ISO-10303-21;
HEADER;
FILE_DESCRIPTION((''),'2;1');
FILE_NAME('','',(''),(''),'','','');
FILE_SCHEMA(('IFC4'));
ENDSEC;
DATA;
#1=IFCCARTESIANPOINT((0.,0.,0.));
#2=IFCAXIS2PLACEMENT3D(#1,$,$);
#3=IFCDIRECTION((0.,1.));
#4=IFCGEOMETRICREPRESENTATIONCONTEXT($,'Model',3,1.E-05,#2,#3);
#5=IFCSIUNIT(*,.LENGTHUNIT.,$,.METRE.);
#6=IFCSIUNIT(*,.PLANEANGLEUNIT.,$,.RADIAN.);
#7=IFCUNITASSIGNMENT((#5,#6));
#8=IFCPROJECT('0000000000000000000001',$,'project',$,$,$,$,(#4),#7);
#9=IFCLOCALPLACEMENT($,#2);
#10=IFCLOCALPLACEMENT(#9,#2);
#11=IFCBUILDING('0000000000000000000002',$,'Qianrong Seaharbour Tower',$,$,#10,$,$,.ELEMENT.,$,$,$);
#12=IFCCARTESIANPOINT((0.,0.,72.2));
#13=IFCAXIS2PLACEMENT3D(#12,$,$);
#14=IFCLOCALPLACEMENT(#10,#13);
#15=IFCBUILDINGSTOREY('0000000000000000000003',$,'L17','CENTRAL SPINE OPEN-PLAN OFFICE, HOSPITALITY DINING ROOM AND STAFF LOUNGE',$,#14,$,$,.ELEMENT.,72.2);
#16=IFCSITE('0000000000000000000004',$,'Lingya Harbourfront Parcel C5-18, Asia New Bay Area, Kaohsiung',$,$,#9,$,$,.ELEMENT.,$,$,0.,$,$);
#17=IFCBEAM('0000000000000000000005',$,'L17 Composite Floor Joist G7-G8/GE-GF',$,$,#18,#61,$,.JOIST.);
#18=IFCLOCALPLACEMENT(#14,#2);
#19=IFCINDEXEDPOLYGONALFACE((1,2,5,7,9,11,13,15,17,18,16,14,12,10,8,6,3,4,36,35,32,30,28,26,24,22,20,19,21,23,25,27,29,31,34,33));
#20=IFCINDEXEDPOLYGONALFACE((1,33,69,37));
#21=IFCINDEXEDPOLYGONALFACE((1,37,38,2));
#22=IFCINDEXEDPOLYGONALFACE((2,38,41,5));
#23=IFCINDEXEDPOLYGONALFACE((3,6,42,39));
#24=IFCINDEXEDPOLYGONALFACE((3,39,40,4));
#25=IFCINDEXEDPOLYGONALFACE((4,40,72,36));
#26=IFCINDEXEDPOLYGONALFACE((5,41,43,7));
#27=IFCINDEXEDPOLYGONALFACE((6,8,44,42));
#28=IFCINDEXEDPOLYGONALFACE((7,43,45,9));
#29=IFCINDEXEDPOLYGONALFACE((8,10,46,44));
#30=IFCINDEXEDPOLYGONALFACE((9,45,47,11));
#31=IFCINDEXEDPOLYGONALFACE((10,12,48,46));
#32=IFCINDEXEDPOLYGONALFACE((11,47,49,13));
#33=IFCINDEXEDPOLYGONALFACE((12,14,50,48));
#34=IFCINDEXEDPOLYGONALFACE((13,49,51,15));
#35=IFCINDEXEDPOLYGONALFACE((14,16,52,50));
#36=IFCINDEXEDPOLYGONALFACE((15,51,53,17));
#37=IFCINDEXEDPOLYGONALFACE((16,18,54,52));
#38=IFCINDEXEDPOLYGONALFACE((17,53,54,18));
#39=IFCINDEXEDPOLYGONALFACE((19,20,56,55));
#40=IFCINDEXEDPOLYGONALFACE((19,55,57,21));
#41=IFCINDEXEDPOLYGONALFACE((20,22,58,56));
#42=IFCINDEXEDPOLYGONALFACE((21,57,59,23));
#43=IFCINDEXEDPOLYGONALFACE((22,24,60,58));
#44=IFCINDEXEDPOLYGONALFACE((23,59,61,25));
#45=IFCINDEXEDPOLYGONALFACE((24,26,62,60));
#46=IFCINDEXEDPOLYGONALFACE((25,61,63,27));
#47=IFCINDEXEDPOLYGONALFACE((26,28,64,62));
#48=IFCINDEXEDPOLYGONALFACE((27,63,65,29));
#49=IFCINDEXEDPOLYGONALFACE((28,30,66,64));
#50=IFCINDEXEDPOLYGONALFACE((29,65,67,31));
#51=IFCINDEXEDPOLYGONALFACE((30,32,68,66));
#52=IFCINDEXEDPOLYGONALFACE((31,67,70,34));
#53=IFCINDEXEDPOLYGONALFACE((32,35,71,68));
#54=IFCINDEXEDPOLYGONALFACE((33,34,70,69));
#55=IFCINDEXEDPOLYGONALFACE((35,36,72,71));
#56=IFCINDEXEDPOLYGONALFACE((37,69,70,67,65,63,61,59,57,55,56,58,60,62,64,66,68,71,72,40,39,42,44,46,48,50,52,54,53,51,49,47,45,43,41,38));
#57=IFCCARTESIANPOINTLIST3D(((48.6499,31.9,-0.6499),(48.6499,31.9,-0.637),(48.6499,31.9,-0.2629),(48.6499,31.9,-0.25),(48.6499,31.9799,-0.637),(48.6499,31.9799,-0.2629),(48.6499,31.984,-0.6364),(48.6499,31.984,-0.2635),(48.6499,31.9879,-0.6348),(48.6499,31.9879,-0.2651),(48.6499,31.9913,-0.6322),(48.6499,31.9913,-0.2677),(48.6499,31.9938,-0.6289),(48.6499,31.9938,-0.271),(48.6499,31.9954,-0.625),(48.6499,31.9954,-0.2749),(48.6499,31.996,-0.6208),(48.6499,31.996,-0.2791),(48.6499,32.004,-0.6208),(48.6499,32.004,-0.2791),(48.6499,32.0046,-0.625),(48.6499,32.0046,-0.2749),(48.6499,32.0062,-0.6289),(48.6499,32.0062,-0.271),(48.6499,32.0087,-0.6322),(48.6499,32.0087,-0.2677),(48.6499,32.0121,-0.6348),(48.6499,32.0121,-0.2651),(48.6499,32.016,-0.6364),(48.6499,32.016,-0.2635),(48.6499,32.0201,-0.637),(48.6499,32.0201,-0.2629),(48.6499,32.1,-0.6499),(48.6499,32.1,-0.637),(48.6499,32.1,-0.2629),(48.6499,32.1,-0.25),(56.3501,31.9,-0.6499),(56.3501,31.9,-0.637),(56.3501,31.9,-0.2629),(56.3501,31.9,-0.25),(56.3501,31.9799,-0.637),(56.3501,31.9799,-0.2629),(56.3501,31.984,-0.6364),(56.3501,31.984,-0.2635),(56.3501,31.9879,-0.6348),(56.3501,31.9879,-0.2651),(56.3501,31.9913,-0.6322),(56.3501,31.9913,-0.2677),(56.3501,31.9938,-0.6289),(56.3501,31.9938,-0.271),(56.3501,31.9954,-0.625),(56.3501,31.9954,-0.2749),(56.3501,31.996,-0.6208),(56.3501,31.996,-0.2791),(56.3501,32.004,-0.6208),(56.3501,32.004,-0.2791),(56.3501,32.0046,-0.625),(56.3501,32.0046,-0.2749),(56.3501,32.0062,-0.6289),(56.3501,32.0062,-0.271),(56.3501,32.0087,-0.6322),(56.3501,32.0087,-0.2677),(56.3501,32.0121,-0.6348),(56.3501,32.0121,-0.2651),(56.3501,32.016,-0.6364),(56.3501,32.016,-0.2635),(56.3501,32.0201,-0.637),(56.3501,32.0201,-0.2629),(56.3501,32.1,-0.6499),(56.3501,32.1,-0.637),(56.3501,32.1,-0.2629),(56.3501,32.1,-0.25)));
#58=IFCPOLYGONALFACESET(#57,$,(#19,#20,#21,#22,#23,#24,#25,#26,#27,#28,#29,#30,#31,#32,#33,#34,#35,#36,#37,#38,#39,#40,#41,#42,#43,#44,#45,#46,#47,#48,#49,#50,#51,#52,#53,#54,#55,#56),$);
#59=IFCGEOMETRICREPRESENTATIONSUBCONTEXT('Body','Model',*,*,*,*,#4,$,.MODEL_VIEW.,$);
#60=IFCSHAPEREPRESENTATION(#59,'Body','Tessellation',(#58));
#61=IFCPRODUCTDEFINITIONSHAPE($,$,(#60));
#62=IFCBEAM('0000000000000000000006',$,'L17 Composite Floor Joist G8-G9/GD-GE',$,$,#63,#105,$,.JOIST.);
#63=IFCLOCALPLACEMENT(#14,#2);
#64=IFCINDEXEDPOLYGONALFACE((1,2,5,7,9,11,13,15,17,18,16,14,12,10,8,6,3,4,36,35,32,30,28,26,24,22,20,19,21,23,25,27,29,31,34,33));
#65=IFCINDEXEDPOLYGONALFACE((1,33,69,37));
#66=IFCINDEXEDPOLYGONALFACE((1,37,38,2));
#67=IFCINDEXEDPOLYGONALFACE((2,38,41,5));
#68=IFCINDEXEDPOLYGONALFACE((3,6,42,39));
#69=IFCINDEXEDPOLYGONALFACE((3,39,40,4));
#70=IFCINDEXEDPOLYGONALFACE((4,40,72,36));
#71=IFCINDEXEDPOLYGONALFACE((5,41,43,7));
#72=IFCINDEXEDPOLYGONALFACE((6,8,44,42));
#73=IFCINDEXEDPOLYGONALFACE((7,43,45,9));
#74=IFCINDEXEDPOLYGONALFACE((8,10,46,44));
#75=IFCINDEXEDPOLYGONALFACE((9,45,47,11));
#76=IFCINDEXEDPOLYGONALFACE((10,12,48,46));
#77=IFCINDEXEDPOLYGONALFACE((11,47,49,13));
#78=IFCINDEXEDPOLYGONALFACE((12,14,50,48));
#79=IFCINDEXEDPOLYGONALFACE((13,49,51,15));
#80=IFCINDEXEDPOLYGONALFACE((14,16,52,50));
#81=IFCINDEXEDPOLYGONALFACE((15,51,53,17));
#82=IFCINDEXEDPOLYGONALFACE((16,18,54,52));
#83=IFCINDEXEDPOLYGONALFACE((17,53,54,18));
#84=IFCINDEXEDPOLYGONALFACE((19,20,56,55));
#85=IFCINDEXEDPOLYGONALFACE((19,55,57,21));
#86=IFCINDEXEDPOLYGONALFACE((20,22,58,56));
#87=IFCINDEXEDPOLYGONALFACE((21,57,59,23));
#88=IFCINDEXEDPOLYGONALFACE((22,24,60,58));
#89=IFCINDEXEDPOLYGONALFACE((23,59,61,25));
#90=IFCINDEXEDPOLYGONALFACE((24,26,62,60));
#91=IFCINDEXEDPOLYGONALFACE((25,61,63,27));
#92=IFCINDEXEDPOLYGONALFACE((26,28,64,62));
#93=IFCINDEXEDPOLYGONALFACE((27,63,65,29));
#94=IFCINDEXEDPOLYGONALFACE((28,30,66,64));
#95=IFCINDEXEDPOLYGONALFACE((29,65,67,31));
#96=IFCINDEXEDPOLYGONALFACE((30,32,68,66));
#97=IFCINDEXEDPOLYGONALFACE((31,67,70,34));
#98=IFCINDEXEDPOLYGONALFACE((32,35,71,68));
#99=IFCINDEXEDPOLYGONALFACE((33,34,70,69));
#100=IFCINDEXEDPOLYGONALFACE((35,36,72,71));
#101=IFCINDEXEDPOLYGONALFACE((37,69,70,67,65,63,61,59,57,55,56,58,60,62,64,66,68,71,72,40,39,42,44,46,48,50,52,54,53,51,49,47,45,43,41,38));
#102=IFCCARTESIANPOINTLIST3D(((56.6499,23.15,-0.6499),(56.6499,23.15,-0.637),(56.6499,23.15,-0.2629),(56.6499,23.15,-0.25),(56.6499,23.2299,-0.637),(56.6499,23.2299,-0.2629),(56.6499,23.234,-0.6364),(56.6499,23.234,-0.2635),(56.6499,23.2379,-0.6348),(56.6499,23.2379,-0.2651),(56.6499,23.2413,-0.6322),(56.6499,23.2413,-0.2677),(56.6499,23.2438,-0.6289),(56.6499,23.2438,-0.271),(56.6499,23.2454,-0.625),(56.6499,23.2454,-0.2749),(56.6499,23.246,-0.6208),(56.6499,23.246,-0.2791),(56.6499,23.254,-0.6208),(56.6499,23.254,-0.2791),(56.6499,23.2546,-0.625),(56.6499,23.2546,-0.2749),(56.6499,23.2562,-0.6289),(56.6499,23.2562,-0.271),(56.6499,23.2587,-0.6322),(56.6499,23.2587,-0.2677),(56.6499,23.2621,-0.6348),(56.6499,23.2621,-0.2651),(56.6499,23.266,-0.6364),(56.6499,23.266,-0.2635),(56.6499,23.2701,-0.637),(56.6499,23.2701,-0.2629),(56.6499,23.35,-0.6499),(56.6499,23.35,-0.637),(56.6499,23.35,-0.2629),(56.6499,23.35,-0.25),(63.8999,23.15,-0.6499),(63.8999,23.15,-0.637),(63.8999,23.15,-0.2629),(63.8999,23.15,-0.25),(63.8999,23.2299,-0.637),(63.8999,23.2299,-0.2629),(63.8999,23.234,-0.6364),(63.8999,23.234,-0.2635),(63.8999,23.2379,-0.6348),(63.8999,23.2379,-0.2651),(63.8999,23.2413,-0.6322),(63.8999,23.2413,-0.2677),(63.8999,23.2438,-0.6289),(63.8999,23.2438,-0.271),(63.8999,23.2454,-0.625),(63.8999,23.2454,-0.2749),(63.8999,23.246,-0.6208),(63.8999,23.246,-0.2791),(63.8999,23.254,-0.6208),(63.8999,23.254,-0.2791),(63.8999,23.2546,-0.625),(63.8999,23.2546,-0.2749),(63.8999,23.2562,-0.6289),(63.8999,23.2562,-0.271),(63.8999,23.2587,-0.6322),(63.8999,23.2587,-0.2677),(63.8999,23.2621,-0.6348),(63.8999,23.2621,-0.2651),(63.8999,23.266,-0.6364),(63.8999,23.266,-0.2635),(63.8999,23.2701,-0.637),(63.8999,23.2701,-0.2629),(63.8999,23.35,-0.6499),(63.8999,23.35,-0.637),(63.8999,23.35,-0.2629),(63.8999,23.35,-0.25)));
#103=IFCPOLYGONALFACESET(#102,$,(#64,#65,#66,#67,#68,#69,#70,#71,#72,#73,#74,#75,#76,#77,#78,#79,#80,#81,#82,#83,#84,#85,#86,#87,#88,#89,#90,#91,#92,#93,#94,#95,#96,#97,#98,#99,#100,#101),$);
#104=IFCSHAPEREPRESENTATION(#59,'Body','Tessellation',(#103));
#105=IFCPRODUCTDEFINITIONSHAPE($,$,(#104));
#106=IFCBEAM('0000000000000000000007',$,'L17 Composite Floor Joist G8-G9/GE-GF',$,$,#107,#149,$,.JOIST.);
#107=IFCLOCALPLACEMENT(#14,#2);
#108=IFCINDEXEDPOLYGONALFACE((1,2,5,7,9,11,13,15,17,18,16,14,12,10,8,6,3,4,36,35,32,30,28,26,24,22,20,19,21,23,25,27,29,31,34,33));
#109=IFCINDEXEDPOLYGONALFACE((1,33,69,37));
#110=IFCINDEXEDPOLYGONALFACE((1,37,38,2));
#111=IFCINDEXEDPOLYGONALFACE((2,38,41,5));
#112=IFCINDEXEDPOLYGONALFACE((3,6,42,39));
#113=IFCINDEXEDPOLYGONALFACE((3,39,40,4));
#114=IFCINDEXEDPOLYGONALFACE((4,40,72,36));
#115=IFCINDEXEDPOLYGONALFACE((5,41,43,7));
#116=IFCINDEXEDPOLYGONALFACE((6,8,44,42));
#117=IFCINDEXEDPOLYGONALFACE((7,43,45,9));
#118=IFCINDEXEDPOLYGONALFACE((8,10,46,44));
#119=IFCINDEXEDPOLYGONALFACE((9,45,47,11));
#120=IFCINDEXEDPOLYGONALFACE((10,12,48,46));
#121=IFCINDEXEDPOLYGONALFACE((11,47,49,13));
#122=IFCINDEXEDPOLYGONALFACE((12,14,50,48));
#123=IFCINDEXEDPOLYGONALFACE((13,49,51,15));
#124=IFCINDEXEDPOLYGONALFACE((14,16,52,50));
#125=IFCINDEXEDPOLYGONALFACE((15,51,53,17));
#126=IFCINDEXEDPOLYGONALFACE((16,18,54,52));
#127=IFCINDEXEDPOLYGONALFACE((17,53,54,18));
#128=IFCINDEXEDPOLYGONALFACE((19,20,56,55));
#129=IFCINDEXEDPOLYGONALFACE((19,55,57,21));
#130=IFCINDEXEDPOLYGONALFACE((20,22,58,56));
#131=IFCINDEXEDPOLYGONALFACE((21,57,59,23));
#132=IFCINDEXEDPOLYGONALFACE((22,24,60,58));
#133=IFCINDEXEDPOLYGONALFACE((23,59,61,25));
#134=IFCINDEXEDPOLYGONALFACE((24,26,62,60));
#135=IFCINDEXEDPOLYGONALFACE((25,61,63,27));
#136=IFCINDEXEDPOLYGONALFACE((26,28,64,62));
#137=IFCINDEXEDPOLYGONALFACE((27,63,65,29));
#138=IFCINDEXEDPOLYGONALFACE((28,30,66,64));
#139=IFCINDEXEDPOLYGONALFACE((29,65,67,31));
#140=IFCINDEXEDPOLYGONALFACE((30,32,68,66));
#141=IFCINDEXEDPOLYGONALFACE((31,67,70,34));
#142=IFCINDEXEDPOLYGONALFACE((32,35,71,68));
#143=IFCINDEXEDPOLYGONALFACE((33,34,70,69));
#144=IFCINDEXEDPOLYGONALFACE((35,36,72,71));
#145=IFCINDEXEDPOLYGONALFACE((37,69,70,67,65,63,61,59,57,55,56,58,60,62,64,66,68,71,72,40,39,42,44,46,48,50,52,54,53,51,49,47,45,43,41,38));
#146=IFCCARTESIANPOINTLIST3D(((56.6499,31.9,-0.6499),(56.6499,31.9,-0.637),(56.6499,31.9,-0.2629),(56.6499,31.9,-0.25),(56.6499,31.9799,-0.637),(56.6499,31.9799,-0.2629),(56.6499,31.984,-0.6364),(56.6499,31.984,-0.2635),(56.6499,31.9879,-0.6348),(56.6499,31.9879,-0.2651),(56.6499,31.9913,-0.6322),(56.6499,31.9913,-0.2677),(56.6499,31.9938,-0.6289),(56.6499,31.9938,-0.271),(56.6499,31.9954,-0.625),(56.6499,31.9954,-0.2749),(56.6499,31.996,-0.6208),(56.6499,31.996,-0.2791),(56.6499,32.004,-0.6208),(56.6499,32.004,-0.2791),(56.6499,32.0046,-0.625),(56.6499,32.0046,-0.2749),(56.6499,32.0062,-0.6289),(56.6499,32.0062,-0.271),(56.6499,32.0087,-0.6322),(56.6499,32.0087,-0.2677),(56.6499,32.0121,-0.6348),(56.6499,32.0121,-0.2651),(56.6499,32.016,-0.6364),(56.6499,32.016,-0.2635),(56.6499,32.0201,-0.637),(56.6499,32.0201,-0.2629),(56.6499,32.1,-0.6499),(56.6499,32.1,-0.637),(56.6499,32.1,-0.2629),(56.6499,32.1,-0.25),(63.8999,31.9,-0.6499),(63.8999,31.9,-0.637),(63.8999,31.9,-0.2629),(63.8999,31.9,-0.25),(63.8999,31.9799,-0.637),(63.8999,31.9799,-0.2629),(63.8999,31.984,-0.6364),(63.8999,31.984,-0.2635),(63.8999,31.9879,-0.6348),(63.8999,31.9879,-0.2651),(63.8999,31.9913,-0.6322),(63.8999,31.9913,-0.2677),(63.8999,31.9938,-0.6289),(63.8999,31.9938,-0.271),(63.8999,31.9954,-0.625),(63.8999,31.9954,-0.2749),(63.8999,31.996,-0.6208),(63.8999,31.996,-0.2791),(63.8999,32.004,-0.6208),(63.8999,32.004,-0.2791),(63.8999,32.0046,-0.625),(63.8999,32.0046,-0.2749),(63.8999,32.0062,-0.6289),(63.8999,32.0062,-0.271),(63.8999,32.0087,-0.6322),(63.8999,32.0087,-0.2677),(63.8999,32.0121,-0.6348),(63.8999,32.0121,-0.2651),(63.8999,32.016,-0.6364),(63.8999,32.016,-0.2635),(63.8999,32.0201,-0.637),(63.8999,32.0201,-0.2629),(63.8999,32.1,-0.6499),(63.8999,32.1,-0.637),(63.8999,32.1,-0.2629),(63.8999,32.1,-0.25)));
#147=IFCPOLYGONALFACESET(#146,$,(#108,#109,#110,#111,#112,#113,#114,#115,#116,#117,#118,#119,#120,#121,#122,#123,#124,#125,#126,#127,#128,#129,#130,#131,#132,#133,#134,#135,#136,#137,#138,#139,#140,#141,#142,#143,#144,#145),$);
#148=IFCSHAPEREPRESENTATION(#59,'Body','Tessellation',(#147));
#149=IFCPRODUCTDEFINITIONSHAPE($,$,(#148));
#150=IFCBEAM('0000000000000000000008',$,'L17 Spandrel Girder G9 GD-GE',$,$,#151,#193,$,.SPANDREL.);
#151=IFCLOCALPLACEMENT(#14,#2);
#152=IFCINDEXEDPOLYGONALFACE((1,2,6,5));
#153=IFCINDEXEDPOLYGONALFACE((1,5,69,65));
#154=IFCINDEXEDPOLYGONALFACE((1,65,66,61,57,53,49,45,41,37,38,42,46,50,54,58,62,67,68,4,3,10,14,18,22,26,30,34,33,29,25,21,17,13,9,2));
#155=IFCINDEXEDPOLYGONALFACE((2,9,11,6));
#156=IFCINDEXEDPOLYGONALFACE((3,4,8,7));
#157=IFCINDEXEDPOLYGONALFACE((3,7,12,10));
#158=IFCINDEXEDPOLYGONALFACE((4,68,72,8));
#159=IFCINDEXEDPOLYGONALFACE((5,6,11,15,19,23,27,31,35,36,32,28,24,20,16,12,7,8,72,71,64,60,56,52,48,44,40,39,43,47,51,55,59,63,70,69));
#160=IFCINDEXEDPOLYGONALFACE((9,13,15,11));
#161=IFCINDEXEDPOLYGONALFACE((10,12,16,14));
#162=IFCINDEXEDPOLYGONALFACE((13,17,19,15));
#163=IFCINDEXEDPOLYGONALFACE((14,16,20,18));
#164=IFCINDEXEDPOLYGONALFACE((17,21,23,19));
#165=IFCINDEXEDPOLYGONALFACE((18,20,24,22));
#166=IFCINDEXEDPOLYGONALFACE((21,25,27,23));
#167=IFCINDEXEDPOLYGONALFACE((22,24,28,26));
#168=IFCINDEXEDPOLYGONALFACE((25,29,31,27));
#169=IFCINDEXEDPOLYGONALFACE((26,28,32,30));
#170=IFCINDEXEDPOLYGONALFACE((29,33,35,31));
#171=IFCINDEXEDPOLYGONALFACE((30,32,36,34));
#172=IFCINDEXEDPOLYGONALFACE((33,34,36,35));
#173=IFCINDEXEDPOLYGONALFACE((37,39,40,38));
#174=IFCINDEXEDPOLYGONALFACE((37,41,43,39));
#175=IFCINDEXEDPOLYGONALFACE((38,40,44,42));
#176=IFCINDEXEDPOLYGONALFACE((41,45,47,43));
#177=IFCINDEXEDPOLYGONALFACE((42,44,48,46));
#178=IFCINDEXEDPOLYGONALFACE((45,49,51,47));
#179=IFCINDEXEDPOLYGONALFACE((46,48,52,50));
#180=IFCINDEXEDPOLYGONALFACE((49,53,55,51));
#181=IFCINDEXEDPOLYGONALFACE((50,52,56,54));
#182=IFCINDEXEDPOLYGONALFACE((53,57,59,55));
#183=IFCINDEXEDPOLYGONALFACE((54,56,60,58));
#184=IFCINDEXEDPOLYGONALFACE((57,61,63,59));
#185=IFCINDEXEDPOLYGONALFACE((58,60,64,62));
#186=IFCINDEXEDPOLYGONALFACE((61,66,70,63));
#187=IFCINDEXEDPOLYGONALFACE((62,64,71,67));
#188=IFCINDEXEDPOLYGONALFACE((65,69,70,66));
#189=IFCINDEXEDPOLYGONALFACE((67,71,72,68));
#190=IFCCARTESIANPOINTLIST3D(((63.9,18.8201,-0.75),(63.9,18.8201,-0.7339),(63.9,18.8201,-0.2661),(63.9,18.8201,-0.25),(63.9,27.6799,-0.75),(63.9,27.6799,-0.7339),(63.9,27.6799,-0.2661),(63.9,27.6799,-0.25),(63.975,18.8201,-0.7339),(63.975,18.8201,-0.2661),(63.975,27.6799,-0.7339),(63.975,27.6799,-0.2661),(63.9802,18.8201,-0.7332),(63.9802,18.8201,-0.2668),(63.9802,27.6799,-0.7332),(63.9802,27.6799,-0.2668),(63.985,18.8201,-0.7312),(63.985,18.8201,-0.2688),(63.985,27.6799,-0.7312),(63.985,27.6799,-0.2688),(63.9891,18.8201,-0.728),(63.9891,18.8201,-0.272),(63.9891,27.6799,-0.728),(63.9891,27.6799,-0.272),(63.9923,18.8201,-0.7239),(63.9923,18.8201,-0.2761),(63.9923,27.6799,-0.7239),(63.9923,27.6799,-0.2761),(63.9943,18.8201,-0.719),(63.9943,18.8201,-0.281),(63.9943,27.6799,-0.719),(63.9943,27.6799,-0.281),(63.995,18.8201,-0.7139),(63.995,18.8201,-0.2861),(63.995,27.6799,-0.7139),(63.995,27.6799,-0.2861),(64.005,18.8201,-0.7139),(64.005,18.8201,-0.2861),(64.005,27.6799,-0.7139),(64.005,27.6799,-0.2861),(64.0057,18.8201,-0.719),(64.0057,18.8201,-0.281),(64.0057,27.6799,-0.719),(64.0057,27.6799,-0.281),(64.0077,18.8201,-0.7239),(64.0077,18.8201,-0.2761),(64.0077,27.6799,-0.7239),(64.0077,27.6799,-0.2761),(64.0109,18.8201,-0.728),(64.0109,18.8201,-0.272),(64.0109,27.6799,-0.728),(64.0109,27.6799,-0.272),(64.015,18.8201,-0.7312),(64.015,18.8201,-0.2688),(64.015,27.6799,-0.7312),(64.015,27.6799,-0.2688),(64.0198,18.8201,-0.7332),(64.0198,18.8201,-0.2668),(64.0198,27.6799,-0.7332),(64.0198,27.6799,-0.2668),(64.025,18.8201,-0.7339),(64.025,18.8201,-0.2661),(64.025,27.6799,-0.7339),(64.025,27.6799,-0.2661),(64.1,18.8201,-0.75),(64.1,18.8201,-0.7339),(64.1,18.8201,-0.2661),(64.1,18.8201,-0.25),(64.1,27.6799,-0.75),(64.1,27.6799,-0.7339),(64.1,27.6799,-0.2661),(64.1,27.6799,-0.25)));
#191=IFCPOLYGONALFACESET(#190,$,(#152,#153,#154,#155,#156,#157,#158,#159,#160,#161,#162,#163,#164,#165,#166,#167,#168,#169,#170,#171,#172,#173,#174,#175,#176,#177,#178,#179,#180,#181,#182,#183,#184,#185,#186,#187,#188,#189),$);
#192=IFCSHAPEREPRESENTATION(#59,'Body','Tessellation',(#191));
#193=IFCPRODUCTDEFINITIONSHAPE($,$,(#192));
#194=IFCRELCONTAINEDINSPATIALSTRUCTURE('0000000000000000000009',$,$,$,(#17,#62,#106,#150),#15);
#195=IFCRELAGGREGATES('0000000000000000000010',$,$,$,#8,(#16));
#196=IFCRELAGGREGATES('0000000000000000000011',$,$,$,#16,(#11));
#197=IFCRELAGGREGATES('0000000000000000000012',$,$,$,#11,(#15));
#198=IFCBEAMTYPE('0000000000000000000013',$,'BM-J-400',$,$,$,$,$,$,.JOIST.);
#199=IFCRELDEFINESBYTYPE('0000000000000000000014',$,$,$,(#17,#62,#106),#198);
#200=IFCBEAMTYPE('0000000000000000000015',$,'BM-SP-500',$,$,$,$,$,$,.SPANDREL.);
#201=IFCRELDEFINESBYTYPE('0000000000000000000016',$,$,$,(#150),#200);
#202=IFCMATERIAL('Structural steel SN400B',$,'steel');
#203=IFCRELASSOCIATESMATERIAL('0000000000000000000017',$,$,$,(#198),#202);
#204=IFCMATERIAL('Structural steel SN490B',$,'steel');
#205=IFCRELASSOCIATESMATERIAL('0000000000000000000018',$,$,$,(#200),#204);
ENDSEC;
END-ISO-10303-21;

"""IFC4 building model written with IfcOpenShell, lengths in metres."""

from ifc_helpers import new_model, si_unit, direction, frame, origin, origin_2d, place, context, subcontext, project, spatial, i_section, extrude, material, material_profile, profile_set, type_object, element, save


model = new_model("IFC4")

# Units and contexts
model_context = context("Model", 3, precision=1e-05, world=origin(), true_north=direction((0.0, 1.0)))
body_context = subcontext(model_context, "Body", "Model", "MODEL_VIEW")
ifc_project = project(units=[si_unit("LENGTHUNIT", "METRE"), si_unit("PLANEANGLEUNIT", "RADIAN")], contexts=[model_context])

# Site, building, storey
site_placement = place(None, origin())
site = spatial("IfcSite", under=ifc_project, at=site_placement, Name="Lingya Harbourfront Parcel C5-18, Asia New Bay Area, Kaohsiung", CompositionType="ELEMENT", RefElevation=0.0)
building_placement = place(site_placement, origin())
building = spatial("IfcBuilding", under=site, at=building_placement, Name="Qianrong Seaharbour Tower", CompositionType="ELEMENT")
storey_placement = place(building_placement, frame((0.0, 0.0, 72.2)))
storey = spatial("IfcBuildingStorey", under=building, at=storey_placement, Name="L17", Description="CENTRAL SPINE OPEN-PLAN OFFICE, HOSPITALITY DINING ROOM AND STAFF LOUNGE", CompositionType="ELEMENT", Elevation=72.2)

# Shared definitions
ifc_material_1 = material(Name="Structural steel SN490B", Category="steel")

# Beams
ifc_material_2 = material(Name="Structural steel SN400B", Category="steel")
ifc_material_profile_1 = material_profile(ifc_material_2, i_section(OverallWidth=0.2, OverallDepth=0.3999, WebThickness=0.0081, FlangeThickness=0.0129, FilletRadius=0.0161, at=origin_2d()), Name="H400x200x8x13")
ifc_profile_set_1 = profile_set([ifc_material_profile_1], Name="Structural steel SN400B")
beam_type_1 = type_object("IfcBeamType", Name="BM-J-400", PredefinedType="JOIST", material=ifc_profile_set_1)
for number, where, z_axis, x_axis, name in (
    (1, (48.6499, 32.0, -0.45), (1.0, 0.0, 0.0), (0.0, 1.0, 0.0), "L17 Composite Floor Joist G7-G8/GE-GF"),
):
    element("IfcBeam", number, at=place(storey_placement, frame(where, z_axis=z_axis, x_axis=x_axis)), inside=storey, type_object=beam_type_1, Name=name, PredefinedType="JOIST", context=body_context, shape_type="SweptSolid", body=[
        extrude(i_section(OverallWidth=0.2, OverallDepth=0.3999, WebThickness=0.0081, FlangeThickness=0.0129, FilletRadius=0.0161, at=origin_2d()), origin(), (0.0, 0.0, 1.0), 7.7002),
    ])
for number, where, z_axis, x_axis, name in (
    (2, (56.6499, 23.25, -0.45), (1.0, 0.0, 0.0), (0.0, 1.0, 0.0), "L17 Composite Floor Joist G8-G9/GD-GE"),
    (3, (56.6499, 32.0, -0.45), (1.0, 0.0, 0.0), (0.0, 1.0, 0.0), "L17 Composite Floor Joist G8-G9/GE-GF"),
):
    element("IfcBeam", number, at=place(storey_placement, frame(where, z_axis=z_axis, x_axis=x_axis)), inside=storey, type_object=beam_type_1, Name=name, PredefinedType="JOIST", context=body_context, shape_type="SweptSolid", body=[
        extrude(i_section(OverallWidth=0.2, OverallDepth=0.3999, WebThickness=0.0081, FlangeThickness=0.0129, FilletRadius=0.0161, at=origin_2d()), origin(), (0.0, 0.0, 1.0), 7.25),
    ])
ifc_material_profile_2 = material_profile(ifc_material_1, i_section(OverallWidth=0.2, OverallDepth=0.5, WebThickness=0.01, FlangeThickness=0.0161, FilletRadius=0.02, at=origin_2d()), Name="H500x200x10x16")
ifc_profile_set_2 = profile_set([ifc_material_profile_2], Name="Structural steel SN490B")
beam_type_2 = type_object("IfcBeamType", Name="BM-SP-500", PredefinedType="SPANDREL", material=ifc_profile_set_2)
beam_1_placement = place(storey_placement, frame((64.0, 18.8201, -0.5), z_axis=(0.0, 1.0, 0.0), x_axis=(-1.0, 0.0, 0.0)))
element("IfcBeam", 4, at=beam_1_placement, inside=storey, type_object=beam_type_2, Name="L17 Spandrel Girder G9 GD-GE", PredefinedType="SPANDREL", context=body_context, shape_type="SweptSolid", body=[
    extrude(i_section(OverallWidth=0.2, OverallDepth=0.5, WebThickness=0.01, FlangeThickness=0.0161, FilletRadius=0.02, at=origin_2d()), origin(), (0.0, 0.0, 1.0), 8.8599),
])

save(model, "model.ifc")
